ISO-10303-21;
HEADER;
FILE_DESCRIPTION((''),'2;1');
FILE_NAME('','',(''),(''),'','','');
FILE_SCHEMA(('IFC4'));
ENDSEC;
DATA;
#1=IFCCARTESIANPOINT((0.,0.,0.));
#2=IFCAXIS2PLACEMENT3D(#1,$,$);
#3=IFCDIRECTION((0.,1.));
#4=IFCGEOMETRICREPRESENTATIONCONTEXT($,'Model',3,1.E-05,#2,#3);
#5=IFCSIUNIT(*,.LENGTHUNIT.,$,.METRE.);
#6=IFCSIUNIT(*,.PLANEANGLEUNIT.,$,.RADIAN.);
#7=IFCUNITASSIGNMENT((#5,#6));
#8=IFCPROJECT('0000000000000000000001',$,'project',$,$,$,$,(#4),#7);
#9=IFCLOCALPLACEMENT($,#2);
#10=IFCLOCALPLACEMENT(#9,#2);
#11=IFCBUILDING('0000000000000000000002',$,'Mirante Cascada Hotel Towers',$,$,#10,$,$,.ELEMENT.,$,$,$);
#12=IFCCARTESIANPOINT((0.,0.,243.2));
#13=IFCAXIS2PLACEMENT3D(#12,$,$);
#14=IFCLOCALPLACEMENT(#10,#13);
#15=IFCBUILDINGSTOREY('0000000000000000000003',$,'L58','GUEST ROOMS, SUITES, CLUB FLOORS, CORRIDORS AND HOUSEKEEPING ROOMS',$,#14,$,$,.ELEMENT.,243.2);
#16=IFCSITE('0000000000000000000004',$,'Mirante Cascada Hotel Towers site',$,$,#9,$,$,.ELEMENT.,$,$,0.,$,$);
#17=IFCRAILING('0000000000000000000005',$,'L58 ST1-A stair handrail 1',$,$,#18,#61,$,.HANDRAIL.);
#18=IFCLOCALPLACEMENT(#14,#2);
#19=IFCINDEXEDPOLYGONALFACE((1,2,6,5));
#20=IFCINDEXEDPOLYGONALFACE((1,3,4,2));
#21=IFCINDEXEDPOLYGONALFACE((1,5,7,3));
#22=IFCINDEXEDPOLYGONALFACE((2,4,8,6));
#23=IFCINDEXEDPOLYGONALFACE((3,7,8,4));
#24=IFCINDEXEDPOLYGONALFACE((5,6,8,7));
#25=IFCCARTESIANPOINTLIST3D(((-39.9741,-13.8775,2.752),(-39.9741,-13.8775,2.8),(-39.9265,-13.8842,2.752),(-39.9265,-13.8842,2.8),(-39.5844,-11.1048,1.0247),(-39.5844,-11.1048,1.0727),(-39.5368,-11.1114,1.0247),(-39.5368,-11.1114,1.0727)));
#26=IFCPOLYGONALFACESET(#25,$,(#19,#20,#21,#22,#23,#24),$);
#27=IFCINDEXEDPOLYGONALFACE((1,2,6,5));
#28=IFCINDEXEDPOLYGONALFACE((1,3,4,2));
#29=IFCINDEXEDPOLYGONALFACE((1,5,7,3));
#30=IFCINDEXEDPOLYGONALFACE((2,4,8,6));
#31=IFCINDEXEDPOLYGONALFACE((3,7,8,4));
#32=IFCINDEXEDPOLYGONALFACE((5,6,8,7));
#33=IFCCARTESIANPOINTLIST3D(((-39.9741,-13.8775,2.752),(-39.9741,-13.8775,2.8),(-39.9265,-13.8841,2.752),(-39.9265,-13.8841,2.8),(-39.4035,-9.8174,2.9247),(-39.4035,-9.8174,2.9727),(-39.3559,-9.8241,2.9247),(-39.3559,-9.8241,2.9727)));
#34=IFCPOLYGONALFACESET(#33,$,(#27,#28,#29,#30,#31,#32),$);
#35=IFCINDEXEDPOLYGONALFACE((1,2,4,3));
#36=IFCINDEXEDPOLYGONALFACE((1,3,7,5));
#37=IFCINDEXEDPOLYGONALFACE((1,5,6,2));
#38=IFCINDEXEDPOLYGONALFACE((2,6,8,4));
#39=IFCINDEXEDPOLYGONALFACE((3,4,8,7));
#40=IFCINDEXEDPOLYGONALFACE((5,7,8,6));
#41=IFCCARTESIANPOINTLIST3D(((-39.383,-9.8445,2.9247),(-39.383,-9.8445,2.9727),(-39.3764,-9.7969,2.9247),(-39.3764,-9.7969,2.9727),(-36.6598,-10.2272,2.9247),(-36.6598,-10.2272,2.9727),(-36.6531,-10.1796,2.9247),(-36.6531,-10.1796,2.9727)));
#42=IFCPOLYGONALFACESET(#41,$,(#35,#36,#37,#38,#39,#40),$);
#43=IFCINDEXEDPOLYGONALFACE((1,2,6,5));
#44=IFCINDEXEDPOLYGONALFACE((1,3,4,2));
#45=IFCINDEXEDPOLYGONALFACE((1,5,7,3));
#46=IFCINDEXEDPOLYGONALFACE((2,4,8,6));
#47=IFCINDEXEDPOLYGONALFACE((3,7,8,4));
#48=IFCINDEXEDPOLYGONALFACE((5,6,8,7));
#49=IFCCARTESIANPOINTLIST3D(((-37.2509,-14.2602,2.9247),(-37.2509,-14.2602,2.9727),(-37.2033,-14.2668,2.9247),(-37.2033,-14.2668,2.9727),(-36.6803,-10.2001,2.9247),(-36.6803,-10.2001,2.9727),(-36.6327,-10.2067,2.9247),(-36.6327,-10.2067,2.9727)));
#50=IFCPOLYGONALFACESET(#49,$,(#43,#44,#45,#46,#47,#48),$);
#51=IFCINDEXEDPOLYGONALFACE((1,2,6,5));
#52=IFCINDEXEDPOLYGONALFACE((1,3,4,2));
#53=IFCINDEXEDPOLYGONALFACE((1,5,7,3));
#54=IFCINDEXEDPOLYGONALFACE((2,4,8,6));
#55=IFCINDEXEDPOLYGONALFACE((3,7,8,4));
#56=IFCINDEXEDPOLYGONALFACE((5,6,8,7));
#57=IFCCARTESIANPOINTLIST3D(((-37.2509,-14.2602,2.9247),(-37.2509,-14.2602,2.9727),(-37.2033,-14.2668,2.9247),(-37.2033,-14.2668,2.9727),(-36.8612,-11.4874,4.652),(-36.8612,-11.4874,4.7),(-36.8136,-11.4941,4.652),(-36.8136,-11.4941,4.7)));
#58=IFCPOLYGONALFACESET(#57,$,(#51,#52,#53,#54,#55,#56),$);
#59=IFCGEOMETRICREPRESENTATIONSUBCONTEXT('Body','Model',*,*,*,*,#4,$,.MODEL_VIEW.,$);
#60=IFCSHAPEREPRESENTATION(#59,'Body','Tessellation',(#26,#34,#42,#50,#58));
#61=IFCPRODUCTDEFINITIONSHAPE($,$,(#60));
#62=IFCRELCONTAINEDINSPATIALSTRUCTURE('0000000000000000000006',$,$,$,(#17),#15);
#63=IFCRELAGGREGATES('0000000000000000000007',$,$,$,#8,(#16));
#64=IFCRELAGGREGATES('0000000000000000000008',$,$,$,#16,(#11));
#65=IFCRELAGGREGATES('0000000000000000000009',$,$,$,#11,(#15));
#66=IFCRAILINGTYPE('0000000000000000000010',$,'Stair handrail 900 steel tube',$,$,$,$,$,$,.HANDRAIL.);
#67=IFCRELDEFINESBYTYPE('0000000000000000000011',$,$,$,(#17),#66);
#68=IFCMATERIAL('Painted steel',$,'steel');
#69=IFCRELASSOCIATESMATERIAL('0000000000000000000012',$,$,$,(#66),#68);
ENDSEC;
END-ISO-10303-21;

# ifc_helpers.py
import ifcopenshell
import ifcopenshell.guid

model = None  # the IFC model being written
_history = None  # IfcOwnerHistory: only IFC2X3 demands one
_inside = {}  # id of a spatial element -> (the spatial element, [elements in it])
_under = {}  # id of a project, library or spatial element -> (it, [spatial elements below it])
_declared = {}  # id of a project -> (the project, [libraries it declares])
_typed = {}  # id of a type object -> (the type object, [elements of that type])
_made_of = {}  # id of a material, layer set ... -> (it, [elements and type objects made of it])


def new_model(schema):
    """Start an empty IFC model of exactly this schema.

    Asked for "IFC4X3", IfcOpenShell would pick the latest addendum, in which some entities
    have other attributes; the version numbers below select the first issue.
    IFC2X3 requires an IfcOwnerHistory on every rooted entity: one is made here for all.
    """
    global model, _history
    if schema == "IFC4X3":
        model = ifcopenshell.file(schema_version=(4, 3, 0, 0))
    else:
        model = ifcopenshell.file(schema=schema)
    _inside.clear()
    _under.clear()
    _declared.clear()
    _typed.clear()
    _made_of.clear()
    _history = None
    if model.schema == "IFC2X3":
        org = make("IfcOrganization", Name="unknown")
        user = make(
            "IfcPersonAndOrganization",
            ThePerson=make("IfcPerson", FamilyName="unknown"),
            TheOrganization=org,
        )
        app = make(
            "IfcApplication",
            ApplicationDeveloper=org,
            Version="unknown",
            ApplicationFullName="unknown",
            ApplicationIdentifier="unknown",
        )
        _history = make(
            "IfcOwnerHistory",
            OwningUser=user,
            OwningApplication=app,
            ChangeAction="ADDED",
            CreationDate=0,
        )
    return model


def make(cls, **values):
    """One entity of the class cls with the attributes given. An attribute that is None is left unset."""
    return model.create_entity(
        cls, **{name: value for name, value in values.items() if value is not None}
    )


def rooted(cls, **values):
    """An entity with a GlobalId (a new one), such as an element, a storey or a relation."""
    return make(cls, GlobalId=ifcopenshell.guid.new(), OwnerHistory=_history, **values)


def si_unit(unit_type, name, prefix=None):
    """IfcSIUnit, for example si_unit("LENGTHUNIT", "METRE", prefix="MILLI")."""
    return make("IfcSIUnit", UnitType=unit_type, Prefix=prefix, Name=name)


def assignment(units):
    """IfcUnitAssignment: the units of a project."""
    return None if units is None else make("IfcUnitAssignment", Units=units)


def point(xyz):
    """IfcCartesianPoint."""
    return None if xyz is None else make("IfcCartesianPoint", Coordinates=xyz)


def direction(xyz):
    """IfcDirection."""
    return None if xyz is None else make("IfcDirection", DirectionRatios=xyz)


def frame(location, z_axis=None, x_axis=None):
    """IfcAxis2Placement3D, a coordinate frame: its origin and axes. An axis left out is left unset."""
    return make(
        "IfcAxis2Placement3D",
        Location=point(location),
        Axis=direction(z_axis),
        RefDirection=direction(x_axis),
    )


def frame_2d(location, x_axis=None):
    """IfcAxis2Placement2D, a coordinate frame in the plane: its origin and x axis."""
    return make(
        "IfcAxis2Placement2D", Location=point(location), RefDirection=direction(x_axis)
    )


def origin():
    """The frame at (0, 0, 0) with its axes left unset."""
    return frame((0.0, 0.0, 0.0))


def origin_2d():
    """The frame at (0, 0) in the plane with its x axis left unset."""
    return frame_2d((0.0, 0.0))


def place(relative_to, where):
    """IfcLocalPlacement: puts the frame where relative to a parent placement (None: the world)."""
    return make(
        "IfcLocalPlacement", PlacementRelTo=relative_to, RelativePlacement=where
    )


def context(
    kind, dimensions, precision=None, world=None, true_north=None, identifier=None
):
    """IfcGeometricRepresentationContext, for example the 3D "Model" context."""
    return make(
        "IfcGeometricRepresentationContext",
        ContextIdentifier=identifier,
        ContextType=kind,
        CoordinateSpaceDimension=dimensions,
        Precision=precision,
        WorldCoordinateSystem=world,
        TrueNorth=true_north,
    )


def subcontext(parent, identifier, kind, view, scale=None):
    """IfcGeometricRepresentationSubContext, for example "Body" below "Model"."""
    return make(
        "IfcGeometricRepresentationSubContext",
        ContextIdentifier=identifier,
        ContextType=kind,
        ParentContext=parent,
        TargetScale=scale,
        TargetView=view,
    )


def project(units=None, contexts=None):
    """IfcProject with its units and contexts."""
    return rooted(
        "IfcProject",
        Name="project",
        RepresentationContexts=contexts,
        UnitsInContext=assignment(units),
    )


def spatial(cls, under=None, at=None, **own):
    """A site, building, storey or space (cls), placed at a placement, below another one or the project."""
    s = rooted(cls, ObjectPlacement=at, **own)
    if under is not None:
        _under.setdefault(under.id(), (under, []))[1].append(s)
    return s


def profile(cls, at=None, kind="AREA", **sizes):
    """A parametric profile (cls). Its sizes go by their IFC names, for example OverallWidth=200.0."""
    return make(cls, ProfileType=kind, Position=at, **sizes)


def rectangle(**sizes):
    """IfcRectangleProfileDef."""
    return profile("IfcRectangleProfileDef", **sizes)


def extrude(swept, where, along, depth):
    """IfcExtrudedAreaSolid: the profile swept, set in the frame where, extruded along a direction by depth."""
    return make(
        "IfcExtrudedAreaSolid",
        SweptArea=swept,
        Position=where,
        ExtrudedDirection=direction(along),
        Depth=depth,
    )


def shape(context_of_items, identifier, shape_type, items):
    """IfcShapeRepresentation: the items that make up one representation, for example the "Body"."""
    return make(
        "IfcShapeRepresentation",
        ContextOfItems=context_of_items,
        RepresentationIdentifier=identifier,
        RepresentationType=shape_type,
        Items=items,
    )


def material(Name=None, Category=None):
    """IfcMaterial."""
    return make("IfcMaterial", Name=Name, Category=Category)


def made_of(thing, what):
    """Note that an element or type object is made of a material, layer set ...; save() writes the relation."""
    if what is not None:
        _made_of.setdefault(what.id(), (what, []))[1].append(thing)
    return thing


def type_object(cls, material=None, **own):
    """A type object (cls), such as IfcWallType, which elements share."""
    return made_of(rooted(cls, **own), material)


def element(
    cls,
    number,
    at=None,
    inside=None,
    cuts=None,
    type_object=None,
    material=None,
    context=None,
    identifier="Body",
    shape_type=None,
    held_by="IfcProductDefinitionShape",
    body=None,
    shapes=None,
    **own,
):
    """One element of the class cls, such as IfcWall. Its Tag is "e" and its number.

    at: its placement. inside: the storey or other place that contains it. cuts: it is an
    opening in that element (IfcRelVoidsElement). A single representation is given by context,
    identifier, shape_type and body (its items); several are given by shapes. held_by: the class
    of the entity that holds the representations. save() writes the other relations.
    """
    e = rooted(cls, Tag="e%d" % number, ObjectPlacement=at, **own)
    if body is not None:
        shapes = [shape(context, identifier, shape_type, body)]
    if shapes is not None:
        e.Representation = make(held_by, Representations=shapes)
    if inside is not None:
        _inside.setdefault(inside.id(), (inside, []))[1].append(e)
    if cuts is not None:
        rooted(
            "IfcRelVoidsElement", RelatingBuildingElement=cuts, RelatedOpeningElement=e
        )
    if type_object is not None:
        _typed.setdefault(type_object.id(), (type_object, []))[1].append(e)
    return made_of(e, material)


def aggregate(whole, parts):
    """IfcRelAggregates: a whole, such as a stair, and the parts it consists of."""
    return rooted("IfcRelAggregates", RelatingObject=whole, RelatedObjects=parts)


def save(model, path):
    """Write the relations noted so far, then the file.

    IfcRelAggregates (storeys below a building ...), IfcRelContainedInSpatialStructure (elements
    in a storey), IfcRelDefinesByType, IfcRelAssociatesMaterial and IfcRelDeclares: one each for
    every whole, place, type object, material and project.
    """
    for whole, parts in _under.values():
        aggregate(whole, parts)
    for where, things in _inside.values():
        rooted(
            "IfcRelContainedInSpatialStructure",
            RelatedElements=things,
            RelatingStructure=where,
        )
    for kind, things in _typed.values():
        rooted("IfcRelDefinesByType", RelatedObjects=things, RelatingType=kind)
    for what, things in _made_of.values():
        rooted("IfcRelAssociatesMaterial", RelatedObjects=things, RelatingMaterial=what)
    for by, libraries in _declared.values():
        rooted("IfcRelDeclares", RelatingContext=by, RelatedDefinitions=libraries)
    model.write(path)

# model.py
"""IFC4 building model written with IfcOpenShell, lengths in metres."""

from ifc_helpers import new_model, si_unit, direction, frame, origin, origin_2d, place, context, subcontext, project, spatial, rectangle, extrude, material, type_object, element, save


model = new_model("IFC4")

# Units and contexts
model_context = context("Model", 3, precision=1e-05, world=origin(), true_north=direction((0.0, 1.0)))
body_context = subcontext(model_context, "Body", "Model", "MODEL_VIEW")
ifc_project = project(units=[si_unit("LENGTHUNIT", "METRE"), si_unit("PLANEANGLEUNIT", "RADIAN")], contexts=[model_context])

# Site, building, storey
site_placement = place(None, origin())
site = spatial("IfcSite", under=ifc_project, at=site_placement, Name="Mirante Cascada Hotel Towers site", CompositionType="ELEMENT", RefElevation=0.0)
building_placement = place(site_placement, origin())
building = spatial("IfcBuilding", under=site, at=building_placement, Name="Mirante Cascada Hotel Towers", CompositionType="ELEMENT")
storey_placement = place(building_placement, frame((0.0, 0.0, 243.2)))
storey = spatial("IfcBuildingStorey", under=building, at=storey_placement, Name="L58", Description="GUEST ROOMS, SUITES, CLUB FLOORS, CORRIDORS AND HOUSEKEEPING ROOMS", CompositionType="ELEMENT", Elevation=243.2)

# Railing
ifc_material_1 = material(Name="Painted steel", Category="steel")
railing_type = type_object("IfcRailingType", Name="Stair handrail 900 steel tube", PredefinedType="HANDRAIL", material=ifc_material_1)
railing_placement = place(storey_placement, frame((-39.5606, -11.1081, 0.1727)))
element("IfcRailing", 1, at=railing_placement, inside=storey, type_object=railing_type, Name="L58 ST1-A stair handrail 1", PredefinedType="HANDRAIL", context=body_context, shape_type="SweptSolid", body=[
    extrude(rectangle(XDim=0.048, YDim=0.048, at=origin_2d()), frame((0.0, 0.0, 0.876), z_axis=(-0.139181, -0.990267, 0.0), x_axis=(0.990267, -0.139181, 0.0)), (0.0, 0.525035, 0.851081), 3.2899),
    extrude(rectangle(XDim=0.048, YDim=0.048, at=origin_2d()), frame((-0.3897, -2.7727, 2.6033), z_axis=(0.139171, 0.990268, 0.0), x_axis=(-0.990268, 0.139171, 0.0)), (0.0, 0.042085, 0.999114), 4.1036),
    extrude(rectangle(XDim=0.048, YDim=0.048, at=origin_2d()), frame((0.1809, 1.2874, 2.776), z_axis=(0.990269, -0.139166, 0.0), x_axis=(0.139166, 0.990269, 0.0)), (0.0, 0.0, 1.0), 2.75),
    extrude(rectangle(XDim=0.048, YDim=0.048, at=origin_2d()), frame((2.9041, 0.9047, 2.776), z_axis=(-0.139171, -0.990268, 0.0), x_axis=(0.990268, -0.139171, 0.0)), (0.0, 0.0, 1.0), 4.1),
    extrude(rectangle(XDim=0.048, YDim=0.048, at=origin_2d()), frame((2.3335, -3.1554, 2.776), z_axis=(0.139181, 0.990267, 0.0), x_axis=(-0.990267, 0.139181, 0.0)), (0.0, 0.525035, 0.851081), 3.2899),
])

save(model, "model.ifc")
